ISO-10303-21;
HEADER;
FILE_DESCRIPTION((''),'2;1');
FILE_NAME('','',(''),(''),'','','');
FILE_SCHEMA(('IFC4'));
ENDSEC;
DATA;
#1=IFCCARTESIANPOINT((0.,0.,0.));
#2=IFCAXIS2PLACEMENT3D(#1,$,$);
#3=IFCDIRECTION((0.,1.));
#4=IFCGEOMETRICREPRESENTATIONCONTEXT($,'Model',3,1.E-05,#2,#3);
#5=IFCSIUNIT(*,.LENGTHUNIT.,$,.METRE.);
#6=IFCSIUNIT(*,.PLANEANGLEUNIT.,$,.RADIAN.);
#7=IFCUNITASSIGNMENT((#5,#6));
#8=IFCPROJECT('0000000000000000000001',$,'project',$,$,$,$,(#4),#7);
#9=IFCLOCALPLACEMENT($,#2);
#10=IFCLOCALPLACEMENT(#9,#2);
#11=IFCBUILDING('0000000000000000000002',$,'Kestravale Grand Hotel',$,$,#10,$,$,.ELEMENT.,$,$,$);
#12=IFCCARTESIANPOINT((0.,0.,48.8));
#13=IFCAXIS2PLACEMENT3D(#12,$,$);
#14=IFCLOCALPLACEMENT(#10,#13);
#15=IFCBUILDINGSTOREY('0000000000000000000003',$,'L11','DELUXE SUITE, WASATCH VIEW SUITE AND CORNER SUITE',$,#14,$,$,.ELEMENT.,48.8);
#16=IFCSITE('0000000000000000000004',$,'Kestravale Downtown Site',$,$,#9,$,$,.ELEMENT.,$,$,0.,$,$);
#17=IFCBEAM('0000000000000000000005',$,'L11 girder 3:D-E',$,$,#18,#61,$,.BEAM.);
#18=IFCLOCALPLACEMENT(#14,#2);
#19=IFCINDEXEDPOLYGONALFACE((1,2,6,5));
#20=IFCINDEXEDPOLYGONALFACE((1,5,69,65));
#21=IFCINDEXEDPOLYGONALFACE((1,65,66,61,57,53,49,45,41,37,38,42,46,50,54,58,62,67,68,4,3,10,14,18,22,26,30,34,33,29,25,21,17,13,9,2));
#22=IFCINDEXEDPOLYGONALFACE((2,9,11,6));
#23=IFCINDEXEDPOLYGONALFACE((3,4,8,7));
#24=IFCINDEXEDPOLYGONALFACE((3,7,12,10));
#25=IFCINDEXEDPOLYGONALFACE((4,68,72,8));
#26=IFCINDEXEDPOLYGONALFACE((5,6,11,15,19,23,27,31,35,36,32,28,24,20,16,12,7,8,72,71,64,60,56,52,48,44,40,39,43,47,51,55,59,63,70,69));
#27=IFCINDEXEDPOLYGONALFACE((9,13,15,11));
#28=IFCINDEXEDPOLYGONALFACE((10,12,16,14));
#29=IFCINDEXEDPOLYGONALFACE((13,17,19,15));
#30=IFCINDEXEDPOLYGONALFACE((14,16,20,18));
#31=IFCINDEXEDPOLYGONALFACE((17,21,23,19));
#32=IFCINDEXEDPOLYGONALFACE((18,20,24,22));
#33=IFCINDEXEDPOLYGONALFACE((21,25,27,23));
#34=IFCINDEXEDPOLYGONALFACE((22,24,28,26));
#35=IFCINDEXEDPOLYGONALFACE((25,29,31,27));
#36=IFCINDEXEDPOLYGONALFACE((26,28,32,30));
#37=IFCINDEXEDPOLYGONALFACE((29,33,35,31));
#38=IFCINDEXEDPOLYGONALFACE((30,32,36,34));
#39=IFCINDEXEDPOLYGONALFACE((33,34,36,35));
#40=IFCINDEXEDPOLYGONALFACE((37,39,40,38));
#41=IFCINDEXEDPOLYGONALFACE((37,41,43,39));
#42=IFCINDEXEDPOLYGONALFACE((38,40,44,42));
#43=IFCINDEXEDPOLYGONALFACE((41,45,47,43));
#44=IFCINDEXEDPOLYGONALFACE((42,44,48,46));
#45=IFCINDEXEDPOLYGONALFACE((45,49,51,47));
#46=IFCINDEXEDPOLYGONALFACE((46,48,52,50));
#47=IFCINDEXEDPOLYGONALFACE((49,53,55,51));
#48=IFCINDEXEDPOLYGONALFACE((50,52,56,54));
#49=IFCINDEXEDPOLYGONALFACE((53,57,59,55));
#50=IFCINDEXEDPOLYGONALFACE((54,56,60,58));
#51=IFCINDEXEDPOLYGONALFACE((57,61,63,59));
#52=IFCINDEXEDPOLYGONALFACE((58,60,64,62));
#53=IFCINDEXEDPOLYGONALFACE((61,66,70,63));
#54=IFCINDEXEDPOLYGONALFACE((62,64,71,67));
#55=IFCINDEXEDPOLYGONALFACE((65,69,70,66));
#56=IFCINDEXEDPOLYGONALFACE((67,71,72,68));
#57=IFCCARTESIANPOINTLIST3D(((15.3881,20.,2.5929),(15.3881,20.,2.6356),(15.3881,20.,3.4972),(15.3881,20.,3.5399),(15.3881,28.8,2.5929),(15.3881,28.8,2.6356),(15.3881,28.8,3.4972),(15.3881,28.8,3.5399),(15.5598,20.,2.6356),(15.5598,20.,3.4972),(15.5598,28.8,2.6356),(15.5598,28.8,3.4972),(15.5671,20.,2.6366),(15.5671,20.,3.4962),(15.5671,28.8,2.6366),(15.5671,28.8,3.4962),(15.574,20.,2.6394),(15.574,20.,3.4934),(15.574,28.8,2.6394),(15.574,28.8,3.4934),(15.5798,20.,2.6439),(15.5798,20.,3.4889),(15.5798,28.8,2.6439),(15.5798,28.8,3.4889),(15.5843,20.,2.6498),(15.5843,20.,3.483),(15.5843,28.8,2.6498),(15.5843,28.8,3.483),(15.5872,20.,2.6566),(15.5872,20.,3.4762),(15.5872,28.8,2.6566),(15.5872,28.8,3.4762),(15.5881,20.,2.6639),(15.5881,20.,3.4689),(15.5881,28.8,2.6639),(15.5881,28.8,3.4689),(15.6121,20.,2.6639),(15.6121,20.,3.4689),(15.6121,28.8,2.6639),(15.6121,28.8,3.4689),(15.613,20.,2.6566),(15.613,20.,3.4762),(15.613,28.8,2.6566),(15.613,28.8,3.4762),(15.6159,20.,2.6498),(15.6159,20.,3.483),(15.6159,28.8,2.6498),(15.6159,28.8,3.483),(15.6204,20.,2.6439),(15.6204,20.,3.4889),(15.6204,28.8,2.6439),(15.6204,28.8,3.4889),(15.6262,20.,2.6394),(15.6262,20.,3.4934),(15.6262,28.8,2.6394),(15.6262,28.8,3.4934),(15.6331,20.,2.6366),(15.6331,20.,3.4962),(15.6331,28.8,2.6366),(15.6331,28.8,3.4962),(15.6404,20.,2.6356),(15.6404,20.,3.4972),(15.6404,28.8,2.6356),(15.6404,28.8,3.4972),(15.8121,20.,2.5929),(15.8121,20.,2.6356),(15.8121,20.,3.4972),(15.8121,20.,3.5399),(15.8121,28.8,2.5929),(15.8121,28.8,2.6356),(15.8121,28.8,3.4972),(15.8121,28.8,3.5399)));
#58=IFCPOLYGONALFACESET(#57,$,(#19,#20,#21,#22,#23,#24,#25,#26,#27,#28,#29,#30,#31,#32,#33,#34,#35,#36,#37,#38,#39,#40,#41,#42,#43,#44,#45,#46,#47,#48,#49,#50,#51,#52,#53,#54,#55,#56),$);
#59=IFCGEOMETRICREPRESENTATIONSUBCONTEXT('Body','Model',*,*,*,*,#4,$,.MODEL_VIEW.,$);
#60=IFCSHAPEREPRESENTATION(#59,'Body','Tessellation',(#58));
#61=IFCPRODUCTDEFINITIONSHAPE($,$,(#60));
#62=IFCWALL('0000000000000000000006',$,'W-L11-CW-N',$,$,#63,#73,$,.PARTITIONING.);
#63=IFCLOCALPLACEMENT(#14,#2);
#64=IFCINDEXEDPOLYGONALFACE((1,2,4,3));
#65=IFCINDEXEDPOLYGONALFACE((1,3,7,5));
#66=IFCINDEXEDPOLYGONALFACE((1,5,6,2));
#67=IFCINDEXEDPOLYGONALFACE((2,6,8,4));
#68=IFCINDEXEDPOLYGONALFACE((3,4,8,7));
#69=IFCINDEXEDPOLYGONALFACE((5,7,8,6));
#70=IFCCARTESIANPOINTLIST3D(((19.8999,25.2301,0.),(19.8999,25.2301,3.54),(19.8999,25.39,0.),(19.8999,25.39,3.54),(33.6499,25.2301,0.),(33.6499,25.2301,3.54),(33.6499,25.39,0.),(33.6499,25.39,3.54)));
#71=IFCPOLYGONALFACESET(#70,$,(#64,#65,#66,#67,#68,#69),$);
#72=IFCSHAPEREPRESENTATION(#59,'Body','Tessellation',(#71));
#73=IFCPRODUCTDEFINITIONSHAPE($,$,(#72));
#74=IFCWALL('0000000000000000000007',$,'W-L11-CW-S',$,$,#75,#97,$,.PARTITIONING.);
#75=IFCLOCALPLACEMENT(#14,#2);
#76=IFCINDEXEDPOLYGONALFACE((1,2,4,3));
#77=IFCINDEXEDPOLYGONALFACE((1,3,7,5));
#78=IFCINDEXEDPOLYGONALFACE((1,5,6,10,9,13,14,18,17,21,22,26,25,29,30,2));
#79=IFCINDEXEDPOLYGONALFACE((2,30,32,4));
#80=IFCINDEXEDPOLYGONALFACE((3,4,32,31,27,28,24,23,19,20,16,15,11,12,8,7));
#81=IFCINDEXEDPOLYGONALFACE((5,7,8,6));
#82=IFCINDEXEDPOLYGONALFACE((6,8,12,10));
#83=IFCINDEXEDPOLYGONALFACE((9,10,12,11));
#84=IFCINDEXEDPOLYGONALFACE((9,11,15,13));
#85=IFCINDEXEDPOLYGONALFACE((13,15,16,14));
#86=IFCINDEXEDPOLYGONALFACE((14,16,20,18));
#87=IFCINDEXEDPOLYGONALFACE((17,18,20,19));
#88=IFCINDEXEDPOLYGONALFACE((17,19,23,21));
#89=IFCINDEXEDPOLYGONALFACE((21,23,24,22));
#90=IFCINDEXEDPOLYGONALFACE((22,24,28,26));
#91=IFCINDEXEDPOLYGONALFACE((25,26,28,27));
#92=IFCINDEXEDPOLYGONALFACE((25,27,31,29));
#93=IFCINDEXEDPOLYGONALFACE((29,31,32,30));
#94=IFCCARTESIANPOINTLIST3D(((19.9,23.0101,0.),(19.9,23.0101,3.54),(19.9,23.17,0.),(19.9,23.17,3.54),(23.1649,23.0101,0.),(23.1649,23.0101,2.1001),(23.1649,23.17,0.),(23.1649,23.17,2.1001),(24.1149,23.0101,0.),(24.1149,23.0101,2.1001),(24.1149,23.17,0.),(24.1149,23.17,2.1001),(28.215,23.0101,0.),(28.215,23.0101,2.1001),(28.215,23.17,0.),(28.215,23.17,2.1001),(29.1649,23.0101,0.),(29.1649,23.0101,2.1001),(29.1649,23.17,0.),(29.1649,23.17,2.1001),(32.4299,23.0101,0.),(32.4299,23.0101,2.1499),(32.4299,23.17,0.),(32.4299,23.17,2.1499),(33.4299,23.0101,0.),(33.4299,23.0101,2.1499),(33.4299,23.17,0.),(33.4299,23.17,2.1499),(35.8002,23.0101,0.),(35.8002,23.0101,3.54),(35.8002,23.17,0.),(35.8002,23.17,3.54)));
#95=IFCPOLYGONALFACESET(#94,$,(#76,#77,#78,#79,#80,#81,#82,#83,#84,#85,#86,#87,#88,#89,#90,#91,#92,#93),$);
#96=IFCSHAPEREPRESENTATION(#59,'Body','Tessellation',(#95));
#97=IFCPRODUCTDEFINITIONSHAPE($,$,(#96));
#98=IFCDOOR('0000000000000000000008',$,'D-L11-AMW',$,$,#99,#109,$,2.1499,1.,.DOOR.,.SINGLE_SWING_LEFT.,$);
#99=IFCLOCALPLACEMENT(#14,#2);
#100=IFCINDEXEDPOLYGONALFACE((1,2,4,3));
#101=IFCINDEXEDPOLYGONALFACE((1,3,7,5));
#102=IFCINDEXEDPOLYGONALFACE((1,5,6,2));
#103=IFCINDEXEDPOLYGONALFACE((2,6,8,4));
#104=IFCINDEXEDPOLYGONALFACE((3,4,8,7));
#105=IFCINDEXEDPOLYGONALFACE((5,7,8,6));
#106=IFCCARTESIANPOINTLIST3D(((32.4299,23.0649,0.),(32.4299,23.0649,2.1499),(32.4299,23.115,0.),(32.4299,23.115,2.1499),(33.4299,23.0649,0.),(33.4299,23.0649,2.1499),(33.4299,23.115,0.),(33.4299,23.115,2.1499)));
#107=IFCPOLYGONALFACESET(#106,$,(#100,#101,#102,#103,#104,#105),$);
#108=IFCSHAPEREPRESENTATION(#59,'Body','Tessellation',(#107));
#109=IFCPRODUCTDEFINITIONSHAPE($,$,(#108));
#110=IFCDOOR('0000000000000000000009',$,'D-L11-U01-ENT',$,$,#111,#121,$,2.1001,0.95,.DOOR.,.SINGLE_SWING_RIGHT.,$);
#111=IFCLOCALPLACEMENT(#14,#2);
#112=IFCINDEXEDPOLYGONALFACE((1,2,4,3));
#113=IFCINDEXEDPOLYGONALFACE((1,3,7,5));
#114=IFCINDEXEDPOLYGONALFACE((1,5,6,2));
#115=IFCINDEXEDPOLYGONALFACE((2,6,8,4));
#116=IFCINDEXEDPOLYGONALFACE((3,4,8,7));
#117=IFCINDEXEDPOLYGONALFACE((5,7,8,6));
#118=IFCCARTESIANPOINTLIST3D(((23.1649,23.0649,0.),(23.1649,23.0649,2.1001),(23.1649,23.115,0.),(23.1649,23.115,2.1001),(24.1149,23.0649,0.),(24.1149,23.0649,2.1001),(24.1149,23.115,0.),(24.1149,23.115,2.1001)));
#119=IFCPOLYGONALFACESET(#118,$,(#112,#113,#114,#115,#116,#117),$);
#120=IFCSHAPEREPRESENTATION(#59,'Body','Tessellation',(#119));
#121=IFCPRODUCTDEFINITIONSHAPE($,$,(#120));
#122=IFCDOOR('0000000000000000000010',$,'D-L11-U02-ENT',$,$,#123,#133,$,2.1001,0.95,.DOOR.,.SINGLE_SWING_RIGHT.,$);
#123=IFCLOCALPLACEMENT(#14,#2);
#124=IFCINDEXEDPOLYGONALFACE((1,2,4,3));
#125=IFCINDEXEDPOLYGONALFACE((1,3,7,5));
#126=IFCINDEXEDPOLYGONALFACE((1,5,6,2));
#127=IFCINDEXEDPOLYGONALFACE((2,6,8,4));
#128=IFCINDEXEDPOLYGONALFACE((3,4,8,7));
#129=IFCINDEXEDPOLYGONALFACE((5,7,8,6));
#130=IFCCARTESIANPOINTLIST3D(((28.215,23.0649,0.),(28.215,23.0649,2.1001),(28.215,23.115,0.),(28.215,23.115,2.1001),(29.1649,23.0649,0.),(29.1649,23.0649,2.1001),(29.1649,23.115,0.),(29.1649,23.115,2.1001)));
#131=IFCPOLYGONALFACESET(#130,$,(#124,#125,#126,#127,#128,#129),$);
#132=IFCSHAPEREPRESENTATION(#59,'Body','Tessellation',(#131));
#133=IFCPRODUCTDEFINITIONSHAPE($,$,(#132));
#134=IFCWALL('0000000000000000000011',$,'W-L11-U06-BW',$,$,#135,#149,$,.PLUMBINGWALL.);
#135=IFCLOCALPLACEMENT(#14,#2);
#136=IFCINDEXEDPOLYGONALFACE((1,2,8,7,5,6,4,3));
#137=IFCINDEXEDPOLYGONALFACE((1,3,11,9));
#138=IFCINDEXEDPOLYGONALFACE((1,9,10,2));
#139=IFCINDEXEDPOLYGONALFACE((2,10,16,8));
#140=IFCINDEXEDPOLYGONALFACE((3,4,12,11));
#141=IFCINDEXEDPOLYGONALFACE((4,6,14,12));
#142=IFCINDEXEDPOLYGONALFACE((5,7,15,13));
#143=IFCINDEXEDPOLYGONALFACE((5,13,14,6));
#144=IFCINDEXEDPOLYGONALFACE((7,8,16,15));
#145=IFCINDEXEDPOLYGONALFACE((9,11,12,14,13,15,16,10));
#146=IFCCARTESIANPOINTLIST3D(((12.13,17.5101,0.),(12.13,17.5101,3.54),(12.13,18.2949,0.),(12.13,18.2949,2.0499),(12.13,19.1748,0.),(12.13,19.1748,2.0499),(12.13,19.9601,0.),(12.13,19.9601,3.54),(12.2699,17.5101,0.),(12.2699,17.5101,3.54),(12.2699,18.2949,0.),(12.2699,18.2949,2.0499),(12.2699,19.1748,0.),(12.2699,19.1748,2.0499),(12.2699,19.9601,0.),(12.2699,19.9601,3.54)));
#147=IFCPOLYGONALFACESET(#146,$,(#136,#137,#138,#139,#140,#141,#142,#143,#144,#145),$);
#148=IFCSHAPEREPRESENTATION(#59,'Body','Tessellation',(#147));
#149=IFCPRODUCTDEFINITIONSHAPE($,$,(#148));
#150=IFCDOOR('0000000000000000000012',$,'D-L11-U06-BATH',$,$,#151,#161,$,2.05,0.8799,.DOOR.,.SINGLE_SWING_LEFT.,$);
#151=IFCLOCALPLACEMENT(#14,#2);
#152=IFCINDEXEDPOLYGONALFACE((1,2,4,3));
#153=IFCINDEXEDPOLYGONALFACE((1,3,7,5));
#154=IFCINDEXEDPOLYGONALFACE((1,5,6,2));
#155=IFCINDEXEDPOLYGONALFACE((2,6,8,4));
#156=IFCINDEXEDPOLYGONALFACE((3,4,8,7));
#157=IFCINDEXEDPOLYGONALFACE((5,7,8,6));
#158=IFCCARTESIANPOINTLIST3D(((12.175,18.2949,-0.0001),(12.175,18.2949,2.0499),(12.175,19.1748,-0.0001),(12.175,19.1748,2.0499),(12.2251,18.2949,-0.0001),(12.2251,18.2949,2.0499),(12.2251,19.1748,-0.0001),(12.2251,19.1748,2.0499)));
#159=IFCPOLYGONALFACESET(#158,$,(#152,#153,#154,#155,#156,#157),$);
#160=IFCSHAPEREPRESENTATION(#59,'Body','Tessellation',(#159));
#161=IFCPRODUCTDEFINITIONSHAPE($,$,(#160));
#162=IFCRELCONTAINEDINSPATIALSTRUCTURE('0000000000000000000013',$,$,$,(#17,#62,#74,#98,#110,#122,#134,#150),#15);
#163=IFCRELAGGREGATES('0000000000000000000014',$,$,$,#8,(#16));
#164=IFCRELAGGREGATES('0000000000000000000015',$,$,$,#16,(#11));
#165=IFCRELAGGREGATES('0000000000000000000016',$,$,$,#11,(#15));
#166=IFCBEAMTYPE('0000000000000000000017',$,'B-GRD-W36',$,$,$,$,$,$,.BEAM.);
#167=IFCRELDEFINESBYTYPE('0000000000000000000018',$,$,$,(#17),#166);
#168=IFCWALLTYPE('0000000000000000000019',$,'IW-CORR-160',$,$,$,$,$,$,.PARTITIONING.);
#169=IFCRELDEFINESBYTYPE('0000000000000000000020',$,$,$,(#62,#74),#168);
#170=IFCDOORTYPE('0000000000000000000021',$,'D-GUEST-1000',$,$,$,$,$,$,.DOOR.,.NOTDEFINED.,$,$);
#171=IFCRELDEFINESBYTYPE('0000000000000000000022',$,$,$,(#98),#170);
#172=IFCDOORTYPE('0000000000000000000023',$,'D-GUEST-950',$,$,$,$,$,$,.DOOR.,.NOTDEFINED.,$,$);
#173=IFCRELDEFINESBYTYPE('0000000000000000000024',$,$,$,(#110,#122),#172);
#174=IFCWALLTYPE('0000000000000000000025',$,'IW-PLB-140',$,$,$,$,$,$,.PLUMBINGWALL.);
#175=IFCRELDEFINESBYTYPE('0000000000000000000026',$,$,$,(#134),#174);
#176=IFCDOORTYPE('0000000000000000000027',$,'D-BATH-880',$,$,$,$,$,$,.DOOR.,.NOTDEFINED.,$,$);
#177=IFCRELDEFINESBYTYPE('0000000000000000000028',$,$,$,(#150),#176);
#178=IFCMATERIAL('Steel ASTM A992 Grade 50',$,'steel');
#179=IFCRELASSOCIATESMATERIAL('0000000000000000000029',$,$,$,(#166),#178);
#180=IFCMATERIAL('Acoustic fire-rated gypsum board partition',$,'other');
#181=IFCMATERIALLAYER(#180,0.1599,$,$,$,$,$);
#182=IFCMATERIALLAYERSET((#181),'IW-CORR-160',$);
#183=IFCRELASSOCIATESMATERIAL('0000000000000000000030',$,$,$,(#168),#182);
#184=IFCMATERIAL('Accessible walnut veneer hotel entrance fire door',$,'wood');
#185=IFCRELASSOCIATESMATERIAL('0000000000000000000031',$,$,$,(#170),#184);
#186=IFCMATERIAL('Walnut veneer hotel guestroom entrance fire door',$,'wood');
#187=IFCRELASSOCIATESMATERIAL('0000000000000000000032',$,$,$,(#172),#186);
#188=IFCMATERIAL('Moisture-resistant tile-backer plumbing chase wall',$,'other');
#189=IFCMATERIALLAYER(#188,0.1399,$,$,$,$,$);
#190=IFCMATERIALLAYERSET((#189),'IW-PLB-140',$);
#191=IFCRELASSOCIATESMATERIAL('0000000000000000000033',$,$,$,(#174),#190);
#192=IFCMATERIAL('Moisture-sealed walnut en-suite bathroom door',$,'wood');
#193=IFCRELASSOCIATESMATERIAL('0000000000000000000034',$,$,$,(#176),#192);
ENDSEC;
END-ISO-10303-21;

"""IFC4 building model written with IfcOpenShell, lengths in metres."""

from ifc_helpers import new_model, si_unit, direction, frame, frame_2d, origin, origin_2d, place, context, subcontext, project, spatial, rectangle, i_section, extrude, material, layer, layer_set, material_profile, profile_set, type_object, element, fill, save


model = new_model("IFC4")

# Units and contexts
model_context = context("Model", 3, precision=1e-05, world=origin(), true_north=direction((0.0, 1.0)))
body_context = subcontext(model_context, "Body", "Model", "MODEL_VIEW")
ifc_project = project(units=[si_unit("LENGTHUNIT", "METRE"), si_unit("PLANEANGLEUNIT", "RADIAN")], contexts=[model_context])

# Site, building, storey
site_placement = place(None, origin())
site = spatial("IfcSite", under=ifc_project, at=site_placement, Name="Kestravale Downtown Site", CompositionType="ELEMENT", RefElevation=0.0)
building_placement = place(site_placement, origin())
building = spatial("IfcBuilding", under=site, at=building_placement, Name="Kestravale Grand Hotel", CompositionType="ELEMENT")
storey_placement = place(building_placement, frame((0.0, 0.0, 48.8)))
storey = spatial("IfcBuildingStorey", under=building, at=storey_placement, Name="L11", Description="DELUXE SUITE, WASATCH VIEW SUITE AND CORNER SUITE", CompositionType="ELEMENT", Elevation=48.8)

# Beam
ifc_material_1 = material(Name="Steel ASTM A992 Grade 50", Category="steel")
ifc_material_profile_1 = material_profile(ifc_material_1, i_section(OverallWidth=0.4241, OverallDepth=0.947, WebThickness=0.0239, FlangeThickness=0.0427, FilletRadius=0.0283, at=origin_2d()))
ifc_profile_set_1 = profile_set([ifc_material_profile_1], Name="Steel ASTM A992 Grade 50")
beam_type_1 = type_object("IfcBeamType", Name="B-GRD-W36", PredefinedType="BEAM", material=ifc_profile_set_1)
for number, where, z_axis, x_axis, name in (
    (1, (15.6001, 20.0, 3.0664), (0.0, 1.0, 0.0), (-1.0, 0.0, 0.0), "L11 girder 3:D-E"),
):
    element("IfcBeam", number, at=place(storey_placement, frame(where, z_axis=z_axis, x_axis=x_axis)), inside=storey, type_object=beam_type_1, Name=name, PredefinedType="BEAM", context=body_context, shape_type="SweptSolid", body=[
        extrude(i_section(OverallWidth=0.4241, OverallDepth=0.947, WebThickness=0.0239, FlangeThickness=0.0427, FilletRadius=0.0283, at=origin_2d()), origin(), (0.0, 0.0, 1.0), 8.8),
    ])

# Wall
ifc_material_2 = material(Name="Acoustic fire-rated gypsum board partition", Category="other")
ifc_layer_1 = layer(ifc_material_2, 0.1599)
ifc_layer_set_1 = layer_set([ifc_layer_1], Name="IW-CORR-160")
wall_type_1 = type_object("IfcWallType", Name="IW-CORR-160", PredefinedType="PARTITIONING", material=ifc_layer_set_1)
wall_1_placement = place(storey_placement, frame((19.8999, 25.3101, 0.0), z_axis=(0.0, 0.0, 1.0), x_axis=(1.0, 0.0, 0.0)))
element("IfcWall", 2, at=wall_1_placement, inside=storey, type_object=wall_type_1, Name="W-L11-CW-N", PredefinedType="PARTITIONING", context=body_context, shape_type="SweptSolid", body=[
    extrude(rectangle(XDim=13.75, YDim=0.1599, at=frame_2d((6.875, 0.0))), origin(), (0.0, 0.0, 1.0), 3.54),
])

# Wall, openings, doors
wall_2_placement = place(storey_placement, frame((19.8999, 23.0901, 0.0), z_axis=(0.0, 0.0, 1.0), x_axis=(1.0, 0.0, 0.0)))
wall_2 = element("IfcWall", 3, at=wall_2_placement, inside=storey, type_object=wall_type_1, Name="W-L11-CW-S", PredefinedType="PARTITIONING", context=body_context, shape_type="SweptSolid", body=[
    extrude(rectangle(XDim=15.9001, YDim=0.1599, at=frame_2d((7.9502, 0.0))), origin(), (0.0, 0.0, 1.0), 3.54),
])
opening_1_placement = place(wall_2_placement, frame((3.2649, 0.0, 0.0)))
opening_1 = element("IfcOpeningElement", 4, at=opening_1_placement, cuts=wall_2, PredefinedType="OPENING", context=body_context, shape_type="SweptSolid", body=[
    extrude(rectangle(XDim=0.95, YDim=2.1001, at=frame_2d((0.4751, 1.05))), frame((0.0, 0.0898, 0.0), z_axis=(0.0, -1.0, 0.0), x_axis=(1.0, 0.0, 0.0)), (0.0, 0.0, 1.0), 0.1799),
])
opening_2_placement = place(wall_2_placement, frame((8.3149, 0.0, 0.0)))
opening_2 = element("IfcOpeningElement", 5, at=opening_2_placement, cuts=wall_2, PredefinedType="OPENING", context=body_context, shape_type="SweptSolid", body=[
    extrude(rectangle(XDim=0.95, YDim=2.1001, at=frame_2d((0.4751, 1.05))), frame((0.0, 0.0898, 0.0), z_axis=(0.0, -1.0, 0.0), x_axis=(1.0, 0.0, 0.0)), (0.0, 0.0, 1.0), 0.1799),
])
opening_3_placement = place(wall_2_placement, frame((12.53, 0.0, 0.0)))
opening_3 = element("IfcOpeningElement", 6, at=opening_3_placement, cuts=wall_2, PredefinedType="OPENING", context=body_context, shape_type="SweptSolid", body=[
    extrude(rectangle(XDim=1.0, YDim=2.1499, at=frame_2d((0.5, 1.075))), frame((0.0, 0.0898, 0.0), z_axis=(0.0, -1.0, 0.0), x_axis=(1.0, 0.0, 0.0)), (0.0, 0.0, 1.0), 0.1799),
])
ifc_material_3 = material(Name="Accessible walnut veneer hotel entrance fire door", Category="wood")
door_type_1 = type_object("IfcDoorType", Name="D-GUEST-1000", OperationType="NOTDEFINED", PredefinedType="DOOR", material=ifc_material_3)
door_1_placement = place(opening_3_placement, origin())
door_1 = element("IfcDoor", 7, at=door_1_placement, inside=storey, type_object=door_type_1, Name="D-L11-AMW", OperationType="SINGLE_SWING_LEFT", OverallHeight=2.1499, OverallWidth=1.0, PredefinedType="DOOR", context=body_context, shape_type="SweptSolid", body=[
    extrude(rectangle(XDim=1.0, YDim=2.1499, at=frame_2d((0.5, 1.075))), frame((0.0, 0.0249, 0.0), z_axis=(0.0, -1.0, 0.0), x_axis=(1.0, 0.0, 0.0)), (0.0, 0.0, 1.0), 0.05),
])
fill(opening_3, door_1)
ifc_material_4 = material(Name="Walnut veneer hotel guestroom entrance fire door", Category="wood")
door_type_2 = type_object("IfcDoorType", Name="D-GUEST-950", OperationType="NOTDEFINED", PredefinedType="DOOR", material=ifc_material_4)
door_2_placement = place(opening_1_placement, origin())
door_2 = element("IfcDoor", 8, at=door_2_placement, inside=storey, type_object=door_type_2, Name="D-L11-U01-ENT", OperationType="SINGLE_SWING_RIGHT", OverallHeight=2.1001, OverallWidth=0.95, PredefinedType="DOOR", context=body_context, shape_type="SweptSolid", body=[
    extrude(rectangle(XDim=0.95, YDim=2.1001, at=frame_2d((0.4751, 1.05))), frame((0.0, 0.0249, 0.0), z_axis=(0.0, -1.0, 0.0), x_axis=(1.0, 0.0, 0.0)), (0.0, 0.0, 1.0), 0.05),
])
fill(opening_1, door_2)
door_3_placement = place(opening_2_placement, origin())
door_3 = element("IfcDoor", 9, at=door_3_placement, inside=storey, type_object=door_type_2, Name="D-L11-U02-ENT", OperationType="SINGLE_SWING_RIGHT", OverallHeight=2.1001, OverallWidth=0.95, PredefinedType="DOOR", context=body_context, shape_type="SweptSolid", body=[
    extrude(rectangle(XDim=0.95, YDim=2.1001, at=frame_2d((0.4751, 1.05))), frame((0.0, 0.0249, 0.0), z_axis=(0.0, -1.0, 0.0), x_axis=(1.0, 0.0, 0.0)), (0.0, 0.0, 1.0), 0.05),
])
fill(opening_2, door_3)

# Wall, opening, door
ifc_material_5 = material(Name="Moisture-resistant tile-backer plumbing chase wall", Category="other")
ifc_layer_2 = layer(ifc_material_5, 0.1399)
ifc_layer_set_2 = layer_set([ifc_layer_2], Name="IW-PLB-140")
wall_type_2 = type_object("IfcWallType", Name="IW-PLB-140", PredefinedType="PLUMBINGWALL", material=ifc_layer_set_2)
wall_3_placement = place(storey_placement, frame((12.2, 17.51, 0.0), z_axis=(0.0, 0.0, 1.0), x_axis=(0.0, 1.0, 0.0)))
wall_3 = element("IfcWall", 10, at=wall_3_placement, inside=storey, type_object=wall_type_2, Name="W-L11-U06-BW", PredefinedType="PLUMBINGWALL", context=body_context, shape_type="SweptSolid", body=[
    extrude(rectangle(XDim=2.45, YDim=0.1399, at=frame_2d((1.2251, 0.0))), origin(), (0.0, 0.0, 1.0), 3.54),
])
opening_4_placement = place(wall_3_placement, frame((0.7849, 0.0, 0.0)))
opening_4 = element("IfcOpeningElement", 11, at=opening_4_placement, cuts=wall_3, PredefinedType="OPENING", context=body_context, shape_type="SweptSolid", body=[
    extrude(rectangle(XDim=0.8799, YDim=2.05, at=frame_2d((0.4399, 1.0249))), frame((0.0, 0.0798, 0.0), z_axis=(0.0, -1.0, 0.0), x_axis=(1.0, 0.0, 0.0)), (0.0, 0.0, 1.0), 0.1599),
])
ifc_material_6 = material(Name="Moisture-sealed walnut en-suite bathroom door", Category="wood")
door_type_3 = type_object("IfcDoorType", Name="D-BATH-880", OperationType="NOTDEFINED", PredefinedType="DOOR", material=ifc_material_6)
door_4_placement = place(opening_4_placement, origin())
door_4 = element("IfcDoor", 12, at=door_4_placement, inside=storey, type_object=door_type_3, Name="D-L11-U06-BATH", OperationType="SINGLE_SWING_LEFT", OverallHeight=2.05, OverallWidth=0.8799, PredefinedType="DOOR", context=body_context, shape_type="SweptSolid", body=[
    extrude(rectangle(XDim=0.8799, YDim=2.05, at=frame_2d((0.4399, 1.0249))), frame((0.0, 0.0249, 0.0), z_axis=(0.0, -1.0, 0.0), x_axis=(1.0, 0.0, 0.0)), (0.0, 0.0, 1.0), 0.05),
])
fill(opening_4, door_4)

save(model, "model.ifc")
